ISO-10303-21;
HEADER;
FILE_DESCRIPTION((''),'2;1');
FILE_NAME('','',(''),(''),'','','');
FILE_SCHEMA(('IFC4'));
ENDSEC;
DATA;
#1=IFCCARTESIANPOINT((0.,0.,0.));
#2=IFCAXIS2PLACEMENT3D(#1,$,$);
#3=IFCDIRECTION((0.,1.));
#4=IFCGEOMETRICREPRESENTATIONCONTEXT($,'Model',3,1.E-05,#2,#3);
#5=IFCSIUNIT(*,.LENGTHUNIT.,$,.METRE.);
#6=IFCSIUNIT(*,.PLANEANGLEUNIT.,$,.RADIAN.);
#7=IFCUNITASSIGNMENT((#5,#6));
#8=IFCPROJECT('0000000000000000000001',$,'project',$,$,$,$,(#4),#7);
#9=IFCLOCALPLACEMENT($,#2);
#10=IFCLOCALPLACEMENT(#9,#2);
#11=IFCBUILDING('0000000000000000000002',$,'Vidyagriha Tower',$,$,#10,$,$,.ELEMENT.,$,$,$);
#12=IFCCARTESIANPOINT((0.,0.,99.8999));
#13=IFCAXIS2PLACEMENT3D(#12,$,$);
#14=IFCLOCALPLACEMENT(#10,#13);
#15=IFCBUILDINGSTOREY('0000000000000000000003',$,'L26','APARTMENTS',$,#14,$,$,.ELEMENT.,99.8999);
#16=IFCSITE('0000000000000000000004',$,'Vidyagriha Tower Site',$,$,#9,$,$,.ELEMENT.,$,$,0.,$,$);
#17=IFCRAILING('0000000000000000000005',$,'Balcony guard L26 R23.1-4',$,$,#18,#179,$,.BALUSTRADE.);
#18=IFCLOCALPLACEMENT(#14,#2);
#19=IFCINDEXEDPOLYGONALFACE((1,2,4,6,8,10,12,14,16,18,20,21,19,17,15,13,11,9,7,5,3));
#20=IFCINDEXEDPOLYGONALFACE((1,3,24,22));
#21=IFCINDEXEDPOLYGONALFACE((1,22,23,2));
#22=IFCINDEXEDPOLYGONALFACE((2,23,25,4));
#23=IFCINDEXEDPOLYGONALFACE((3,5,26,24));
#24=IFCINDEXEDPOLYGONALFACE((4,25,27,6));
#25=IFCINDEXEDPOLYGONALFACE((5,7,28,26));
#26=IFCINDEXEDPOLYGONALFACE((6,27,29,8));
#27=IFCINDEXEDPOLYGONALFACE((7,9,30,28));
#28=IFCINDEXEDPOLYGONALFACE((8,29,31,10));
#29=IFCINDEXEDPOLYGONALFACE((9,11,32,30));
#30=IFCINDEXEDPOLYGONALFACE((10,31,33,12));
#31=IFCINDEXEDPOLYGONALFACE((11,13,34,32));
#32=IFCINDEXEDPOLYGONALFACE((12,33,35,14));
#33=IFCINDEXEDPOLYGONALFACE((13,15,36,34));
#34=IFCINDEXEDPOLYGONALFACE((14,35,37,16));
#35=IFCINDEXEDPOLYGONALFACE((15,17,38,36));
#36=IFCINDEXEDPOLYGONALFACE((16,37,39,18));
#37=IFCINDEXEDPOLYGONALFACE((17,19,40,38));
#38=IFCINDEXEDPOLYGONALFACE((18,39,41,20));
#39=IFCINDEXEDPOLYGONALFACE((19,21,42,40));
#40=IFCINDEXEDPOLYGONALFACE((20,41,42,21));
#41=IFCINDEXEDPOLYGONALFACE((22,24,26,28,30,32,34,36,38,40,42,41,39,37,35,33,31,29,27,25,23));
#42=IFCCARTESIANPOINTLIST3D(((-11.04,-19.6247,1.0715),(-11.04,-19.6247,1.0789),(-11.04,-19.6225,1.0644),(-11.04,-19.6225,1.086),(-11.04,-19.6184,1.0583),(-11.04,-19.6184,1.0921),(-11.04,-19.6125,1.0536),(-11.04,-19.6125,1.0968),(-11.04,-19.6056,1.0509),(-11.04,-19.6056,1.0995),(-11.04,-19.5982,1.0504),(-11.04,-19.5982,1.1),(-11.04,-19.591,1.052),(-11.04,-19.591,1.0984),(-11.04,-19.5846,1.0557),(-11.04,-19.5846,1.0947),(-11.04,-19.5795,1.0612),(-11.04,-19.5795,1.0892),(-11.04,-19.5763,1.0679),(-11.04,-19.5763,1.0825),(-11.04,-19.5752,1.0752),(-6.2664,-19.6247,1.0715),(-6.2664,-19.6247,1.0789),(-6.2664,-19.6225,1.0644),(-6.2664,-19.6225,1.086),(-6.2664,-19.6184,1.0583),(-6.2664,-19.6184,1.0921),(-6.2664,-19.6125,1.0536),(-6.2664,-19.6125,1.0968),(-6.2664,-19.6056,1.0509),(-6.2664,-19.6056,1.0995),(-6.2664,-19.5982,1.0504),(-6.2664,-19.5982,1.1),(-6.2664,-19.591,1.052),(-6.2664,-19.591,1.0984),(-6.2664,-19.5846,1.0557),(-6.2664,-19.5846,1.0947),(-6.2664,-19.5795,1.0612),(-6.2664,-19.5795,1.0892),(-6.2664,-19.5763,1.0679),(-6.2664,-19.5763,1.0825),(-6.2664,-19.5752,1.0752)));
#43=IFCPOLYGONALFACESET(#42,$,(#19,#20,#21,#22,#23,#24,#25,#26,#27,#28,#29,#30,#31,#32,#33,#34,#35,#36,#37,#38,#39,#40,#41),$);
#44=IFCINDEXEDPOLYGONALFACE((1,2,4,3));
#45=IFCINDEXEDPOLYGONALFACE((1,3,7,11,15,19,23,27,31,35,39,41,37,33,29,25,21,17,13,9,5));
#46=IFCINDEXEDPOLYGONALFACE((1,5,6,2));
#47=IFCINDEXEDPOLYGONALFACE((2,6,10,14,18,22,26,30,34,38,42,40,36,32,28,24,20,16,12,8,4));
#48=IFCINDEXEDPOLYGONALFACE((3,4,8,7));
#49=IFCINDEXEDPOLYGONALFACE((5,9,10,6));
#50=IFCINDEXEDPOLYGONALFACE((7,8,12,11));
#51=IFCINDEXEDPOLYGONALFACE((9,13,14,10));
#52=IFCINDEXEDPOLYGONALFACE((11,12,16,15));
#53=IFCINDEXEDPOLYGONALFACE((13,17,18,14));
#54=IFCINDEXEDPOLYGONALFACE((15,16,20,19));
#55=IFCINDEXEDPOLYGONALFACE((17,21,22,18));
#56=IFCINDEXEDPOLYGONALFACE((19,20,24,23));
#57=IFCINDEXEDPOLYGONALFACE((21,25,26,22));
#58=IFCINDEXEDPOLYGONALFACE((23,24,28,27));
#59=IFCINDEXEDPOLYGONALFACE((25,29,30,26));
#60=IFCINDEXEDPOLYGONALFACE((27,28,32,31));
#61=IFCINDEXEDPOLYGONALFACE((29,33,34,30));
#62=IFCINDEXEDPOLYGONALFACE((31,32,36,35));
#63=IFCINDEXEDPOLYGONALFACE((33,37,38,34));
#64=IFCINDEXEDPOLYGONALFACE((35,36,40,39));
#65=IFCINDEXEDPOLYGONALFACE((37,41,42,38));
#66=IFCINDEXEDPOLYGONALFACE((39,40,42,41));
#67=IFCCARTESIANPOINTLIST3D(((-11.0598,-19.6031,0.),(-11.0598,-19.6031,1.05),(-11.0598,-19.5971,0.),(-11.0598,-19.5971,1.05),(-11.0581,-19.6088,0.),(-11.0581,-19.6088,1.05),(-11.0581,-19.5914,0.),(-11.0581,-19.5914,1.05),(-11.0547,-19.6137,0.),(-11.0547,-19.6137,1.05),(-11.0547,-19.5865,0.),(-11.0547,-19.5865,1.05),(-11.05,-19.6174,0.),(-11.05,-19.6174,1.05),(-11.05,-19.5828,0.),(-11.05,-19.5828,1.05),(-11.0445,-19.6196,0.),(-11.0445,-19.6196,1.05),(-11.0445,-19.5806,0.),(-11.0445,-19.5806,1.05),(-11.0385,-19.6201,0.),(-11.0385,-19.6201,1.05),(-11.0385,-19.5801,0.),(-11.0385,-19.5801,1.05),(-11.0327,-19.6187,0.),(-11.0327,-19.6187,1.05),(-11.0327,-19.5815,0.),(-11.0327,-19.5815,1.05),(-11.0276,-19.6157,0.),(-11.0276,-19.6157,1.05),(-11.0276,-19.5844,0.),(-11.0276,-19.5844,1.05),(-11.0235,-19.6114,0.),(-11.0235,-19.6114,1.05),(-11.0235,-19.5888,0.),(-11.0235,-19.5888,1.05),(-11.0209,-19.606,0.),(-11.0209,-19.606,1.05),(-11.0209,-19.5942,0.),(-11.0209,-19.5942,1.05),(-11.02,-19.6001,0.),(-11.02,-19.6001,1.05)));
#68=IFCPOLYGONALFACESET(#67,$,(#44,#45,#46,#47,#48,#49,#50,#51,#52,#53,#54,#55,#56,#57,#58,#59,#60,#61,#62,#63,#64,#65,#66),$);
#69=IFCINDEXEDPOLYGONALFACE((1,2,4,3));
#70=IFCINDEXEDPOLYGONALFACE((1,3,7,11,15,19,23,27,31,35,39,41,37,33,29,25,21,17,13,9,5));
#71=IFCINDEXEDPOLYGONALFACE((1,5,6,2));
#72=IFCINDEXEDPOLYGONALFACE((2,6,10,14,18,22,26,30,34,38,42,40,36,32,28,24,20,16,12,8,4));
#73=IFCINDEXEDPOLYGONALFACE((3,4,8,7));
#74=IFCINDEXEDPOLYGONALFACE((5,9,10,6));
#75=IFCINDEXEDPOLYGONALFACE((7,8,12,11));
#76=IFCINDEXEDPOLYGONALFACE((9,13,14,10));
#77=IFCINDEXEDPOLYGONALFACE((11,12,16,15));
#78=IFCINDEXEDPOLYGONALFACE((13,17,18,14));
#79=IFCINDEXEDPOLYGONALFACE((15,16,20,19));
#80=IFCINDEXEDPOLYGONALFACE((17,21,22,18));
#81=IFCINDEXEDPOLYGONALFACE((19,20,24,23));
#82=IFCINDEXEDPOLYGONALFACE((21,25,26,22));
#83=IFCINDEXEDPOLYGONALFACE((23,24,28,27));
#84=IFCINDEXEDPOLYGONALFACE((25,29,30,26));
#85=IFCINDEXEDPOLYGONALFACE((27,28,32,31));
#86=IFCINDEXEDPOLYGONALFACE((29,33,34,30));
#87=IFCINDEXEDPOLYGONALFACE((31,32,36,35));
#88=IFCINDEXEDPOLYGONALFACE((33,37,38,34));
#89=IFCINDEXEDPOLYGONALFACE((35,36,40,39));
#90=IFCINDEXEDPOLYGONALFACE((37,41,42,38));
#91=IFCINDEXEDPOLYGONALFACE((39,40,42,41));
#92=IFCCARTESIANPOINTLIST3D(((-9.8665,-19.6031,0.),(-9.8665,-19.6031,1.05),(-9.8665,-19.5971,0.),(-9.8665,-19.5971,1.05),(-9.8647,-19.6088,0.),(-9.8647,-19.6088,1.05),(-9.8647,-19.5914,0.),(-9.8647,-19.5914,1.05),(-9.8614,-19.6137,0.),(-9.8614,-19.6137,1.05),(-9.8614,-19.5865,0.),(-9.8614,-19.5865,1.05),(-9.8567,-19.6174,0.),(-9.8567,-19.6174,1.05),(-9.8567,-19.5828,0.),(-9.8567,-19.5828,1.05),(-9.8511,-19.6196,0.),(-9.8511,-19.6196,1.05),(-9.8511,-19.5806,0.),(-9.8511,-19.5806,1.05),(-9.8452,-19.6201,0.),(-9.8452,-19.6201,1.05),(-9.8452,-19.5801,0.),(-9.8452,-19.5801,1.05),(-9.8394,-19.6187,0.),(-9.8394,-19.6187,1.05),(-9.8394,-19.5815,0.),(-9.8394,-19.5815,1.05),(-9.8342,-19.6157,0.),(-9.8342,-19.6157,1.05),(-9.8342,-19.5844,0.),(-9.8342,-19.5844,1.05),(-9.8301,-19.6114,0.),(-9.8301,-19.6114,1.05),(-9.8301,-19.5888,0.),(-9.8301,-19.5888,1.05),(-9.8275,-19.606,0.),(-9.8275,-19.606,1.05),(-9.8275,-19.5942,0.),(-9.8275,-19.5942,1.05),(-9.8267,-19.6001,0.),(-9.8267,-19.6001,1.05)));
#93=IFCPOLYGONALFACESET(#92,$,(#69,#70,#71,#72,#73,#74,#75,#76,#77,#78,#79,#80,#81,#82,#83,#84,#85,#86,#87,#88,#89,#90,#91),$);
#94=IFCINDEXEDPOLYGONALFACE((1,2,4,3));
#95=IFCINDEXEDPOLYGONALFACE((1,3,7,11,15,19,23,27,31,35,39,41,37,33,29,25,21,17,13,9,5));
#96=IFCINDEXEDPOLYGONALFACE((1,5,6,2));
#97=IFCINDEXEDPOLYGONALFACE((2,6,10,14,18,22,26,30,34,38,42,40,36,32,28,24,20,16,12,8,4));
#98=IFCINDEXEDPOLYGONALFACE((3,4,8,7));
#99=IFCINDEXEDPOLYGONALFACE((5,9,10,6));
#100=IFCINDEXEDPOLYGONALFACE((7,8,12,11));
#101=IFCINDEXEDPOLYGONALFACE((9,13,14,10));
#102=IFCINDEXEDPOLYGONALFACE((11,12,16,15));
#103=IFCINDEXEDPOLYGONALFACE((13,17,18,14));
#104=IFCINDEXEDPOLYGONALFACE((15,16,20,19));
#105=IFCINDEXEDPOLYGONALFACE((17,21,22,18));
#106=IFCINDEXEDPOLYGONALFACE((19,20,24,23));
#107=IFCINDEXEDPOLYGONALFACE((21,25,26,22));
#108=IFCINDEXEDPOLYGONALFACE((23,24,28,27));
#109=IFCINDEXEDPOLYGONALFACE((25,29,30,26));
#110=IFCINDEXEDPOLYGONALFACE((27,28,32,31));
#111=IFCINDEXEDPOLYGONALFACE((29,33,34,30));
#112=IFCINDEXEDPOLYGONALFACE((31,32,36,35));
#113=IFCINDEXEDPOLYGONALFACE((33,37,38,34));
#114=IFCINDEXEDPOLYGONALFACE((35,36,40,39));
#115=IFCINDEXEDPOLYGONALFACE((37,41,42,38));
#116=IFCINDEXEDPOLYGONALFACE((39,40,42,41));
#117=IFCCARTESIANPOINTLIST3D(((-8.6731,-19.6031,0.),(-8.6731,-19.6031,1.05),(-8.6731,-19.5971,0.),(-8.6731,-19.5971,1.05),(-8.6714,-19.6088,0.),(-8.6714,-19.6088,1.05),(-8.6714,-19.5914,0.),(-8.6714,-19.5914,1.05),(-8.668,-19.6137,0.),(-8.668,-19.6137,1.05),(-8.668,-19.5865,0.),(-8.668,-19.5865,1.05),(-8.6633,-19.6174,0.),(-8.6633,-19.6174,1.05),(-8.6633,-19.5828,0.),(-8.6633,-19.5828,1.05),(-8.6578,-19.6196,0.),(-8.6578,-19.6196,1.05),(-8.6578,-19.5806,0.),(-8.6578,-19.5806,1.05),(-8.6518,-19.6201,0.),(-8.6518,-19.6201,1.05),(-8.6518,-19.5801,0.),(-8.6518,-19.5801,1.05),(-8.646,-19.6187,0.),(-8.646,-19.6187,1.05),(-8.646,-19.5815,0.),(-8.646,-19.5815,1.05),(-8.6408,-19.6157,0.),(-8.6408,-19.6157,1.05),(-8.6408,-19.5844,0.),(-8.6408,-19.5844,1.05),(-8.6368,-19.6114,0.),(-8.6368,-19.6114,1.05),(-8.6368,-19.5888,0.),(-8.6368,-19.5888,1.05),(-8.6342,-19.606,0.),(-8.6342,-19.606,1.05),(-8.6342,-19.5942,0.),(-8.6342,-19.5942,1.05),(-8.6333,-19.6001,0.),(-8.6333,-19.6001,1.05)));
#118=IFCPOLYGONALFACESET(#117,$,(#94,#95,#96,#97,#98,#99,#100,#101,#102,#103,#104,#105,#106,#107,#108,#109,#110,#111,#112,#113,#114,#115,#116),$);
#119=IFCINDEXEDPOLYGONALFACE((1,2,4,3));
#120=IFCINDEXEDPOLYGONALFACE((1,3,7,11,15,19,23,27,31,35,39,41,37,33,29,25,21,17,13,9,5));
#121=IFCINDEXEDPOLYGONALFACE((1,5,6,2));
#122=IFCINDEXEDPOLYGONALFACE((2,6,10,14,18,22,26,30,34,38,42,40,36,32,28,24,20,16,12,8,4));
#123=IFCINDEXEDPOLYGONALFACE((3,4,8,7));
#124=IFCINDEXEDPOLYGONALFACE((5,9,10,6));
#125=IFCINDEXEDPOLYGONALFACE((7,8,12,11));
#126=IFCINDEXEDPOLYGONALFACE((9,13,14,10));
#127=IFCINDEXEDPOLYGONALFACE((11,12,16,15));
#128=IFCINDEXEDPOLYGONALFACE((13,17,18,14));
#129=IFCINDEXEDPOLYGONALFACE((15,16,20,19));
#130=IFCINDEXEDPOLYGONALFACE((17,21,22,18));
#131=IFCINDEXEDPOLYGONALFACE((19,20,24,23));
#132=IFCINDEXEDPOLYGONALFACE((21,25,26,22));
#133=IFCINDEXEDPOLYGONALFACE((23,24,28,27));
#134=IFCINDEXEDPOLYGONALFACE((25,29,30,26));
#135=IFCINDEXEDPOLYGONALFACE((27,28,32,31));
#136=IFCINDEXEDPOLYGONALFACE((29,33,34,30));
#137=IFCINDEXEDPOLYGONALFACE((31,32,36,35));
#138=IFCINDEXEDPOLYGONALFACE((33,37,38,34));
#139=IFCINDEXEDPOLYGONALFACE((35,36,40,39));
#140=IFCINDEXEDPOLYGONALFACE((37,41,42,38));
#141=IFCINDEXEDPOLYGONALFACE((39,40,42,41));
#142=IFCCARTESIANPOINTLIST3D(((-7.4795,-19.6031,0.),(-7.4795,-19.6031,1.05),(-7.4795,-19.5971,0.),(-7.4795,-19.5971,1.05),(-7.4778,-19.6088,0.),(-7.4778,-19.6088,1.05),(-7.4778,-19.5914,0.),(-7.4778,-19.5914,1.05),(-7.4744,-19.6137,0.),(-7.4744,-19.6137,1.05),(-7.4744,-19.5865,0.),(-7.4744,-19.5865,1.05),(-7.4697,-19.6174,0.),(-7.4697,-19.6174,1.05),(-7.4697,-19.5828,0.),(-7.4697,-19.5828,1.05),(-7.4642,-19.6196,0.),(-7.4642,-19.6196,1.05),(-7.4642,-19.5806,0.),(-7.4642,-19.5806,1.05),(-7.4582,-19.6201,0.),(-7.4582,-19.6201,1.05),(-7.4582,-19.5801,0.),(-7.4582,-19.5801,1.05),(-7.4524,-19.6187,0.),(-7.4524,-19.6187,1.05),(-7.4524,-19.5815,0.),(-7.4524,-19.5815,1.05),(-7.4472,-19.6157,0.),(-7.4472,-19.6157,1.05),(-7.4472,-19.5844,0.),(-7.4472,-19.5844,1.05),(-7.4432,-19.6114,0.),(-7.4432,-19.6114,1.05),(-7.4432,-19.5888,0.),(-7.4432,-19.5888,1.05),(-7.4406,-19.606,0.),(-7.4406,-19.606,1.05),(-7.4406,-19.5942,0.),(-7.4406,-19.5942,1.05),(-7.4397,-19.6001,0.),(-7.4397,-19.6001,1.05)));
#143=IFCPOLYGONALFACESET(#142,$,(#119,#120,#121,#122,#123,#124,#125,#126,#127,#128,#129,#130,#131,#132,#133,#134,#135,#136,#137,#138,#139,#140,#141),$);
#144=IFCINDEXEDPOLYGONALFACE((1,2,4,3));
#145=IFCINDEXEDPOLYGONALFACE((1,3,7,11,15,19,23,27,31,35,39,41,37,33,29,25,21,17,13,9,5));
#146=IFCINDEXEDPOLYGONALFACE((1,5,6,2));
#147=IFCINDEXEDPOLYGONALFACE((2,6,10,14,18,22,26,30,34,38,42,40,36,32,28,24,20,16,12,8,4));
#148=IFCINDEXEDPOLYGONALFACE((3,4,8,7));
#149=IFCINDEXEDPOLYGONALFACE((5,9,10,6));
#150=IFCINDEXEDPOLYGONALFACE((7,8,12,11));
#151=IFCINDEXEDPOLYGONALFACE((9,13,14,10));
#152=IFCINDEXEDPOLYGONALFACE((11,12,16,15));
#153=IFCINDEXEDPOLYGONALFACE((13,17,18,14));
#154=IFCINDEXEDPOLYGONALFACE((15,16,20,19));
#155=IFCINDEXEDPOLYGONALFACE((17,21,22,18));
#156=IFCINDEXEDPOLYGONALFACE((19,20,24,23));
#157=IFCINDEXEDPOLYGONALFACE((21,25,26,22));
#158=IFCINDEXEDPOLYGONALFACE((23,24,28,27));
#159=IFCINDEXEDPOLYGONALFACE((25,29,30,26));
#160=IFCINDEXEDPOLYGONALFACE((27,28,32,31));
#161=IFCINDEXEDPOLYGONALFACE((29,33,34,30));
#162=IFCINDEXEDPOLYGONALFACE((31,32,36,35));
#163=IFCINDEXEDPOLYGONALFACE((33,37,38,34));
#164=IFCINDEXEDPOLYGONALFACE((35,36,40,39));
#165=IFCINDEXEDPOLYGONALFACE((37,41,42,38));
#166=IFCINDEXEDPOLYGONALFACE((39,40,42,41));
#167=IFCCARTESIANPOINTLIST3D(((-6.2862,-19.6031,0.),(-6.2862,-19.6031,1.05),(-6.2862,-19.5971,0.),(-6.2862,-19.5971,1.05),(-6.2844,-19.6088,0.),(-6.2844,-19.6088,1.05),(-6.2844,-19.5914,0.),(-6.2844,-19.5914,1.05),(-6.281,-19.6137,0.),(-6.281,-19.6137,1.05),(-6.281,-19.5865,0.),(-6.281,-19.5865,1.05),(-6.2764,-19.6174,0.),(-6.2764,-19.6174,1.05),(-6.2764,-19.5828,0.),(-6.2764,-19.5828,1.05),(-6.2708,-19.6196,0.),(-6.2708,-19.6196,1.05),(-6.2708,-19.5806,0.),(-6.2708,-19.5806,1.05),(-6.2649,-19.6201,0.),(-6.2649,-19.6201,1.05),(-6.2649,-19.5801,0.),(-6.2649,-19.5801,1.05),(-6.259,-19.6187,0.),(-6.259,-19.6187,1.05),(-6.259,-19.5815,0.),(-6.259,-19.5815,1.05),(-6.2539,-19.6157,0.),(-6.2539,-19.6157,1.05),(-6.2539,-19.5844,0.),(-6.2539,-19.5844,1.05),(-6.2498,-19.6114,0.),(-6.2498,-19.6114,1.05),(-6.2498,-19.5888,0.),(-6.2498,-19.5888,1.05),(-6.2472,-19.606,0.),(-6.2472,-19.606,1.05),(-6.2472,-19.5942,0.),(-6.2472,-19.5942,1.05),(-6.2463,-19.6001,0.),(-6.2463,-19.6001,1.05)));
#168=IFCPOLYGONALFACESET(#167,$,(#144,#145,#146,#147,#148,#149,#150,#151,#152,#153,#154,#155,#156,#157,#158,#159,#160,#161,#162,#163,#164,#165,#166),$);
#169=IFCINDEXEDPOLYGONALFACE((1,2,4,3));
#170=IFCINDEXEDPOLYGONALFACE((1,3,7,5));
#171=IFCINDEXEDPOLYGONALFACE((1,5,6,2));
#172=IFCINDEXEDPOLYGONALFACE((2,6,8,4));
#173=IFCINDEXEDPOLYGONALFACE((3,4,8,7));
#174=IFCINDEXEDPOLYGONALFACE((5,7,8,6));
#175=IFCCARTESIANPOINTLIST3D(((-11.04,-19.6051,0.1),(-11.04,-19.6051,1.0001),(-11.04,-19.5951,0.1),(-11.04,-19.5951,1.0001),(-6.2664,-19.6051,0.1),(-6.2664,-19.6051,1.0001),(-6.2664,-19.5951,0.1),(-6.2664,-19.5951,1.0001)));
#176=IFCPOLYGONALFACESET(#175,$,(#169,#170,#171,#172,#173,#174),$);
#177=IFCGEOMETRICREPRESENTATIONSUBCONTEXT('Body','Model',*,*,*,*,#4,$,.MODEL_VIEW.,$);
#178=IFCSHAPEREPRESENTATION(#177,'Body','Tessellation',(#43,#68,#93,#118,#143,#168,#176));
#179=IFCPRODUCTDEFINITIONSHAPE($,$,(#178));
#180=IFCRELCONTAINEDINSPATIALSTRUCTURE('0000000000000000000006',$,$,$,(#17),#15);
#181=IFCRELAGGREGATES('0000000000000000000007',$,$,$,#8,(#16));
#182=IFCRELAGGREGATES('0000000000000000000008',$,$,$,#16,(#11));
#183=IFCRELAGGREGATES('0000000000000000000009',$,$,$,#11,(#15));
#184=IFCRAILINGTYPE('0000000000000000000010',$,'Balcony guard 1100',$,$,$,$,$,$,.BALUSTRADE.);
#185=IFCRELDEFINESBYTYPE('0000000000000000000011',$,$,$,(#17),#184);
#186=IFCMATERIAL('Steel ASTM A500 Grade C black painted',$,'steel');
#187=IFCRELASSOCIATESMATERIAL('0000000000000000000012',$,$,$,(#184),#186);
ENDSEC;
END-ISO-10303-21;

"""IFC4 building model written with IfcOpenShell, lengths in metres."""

from ifc_helpers import new_model, si_unit, direction, frame, origin, origin_2d, place, context, subcontext, project, spatial, rectangle, circle, extrude, material, type_object, element, save


model = new_model("IFC4")

# Units and contexts
model_context = context("Model", 3, precision=1e-05, world=origin(), true_north=direction((0.0, 1.0)))
body_context = subcontext(model_context, "Body", "Model", "MODEL_VIEW")
ifc_project = project(units=[si_unit("LENGTHUNIT", "METRE"), si_unit("PLANEANGLEUNIT", "RADIAN")], contexts=[model_context])

# Site, building, storey
site_placement = place(None, origin())
site = spatial("IfcSite", under=ifc_project, at=site_placement, Name="Vidyagriha Tower Site", CompositionType="ELEMENT", RefElevation=0.0)
building_placement = place(site_placement, origin())
building = spatial("IfcBuilding", under=site, at=building_placement, Name="Vidyagriha Tower", CompositionType="ELEMENT")
storey_placement = place(building_placement, frame((0.0, 0.0, 99.8999)))
storey = spatial("IfcBuildingStorey", under=building, at=storey_placement, Name="L26", Description="APARTMENTS", CompositionType="ELEMENT", Elevation=99.8999)

# Railing
ifc_material_1 = material(Name="Steel ASTM A500 Grade C black painted", Category="steel")
railing_type = type_object("IfcRailingType", Name="Balcony guard 1100", PredefinedType="BALUSTRADE", material=ifc_material_1)
railing_1_placement = place(storey_placement, frame((-11.04, -19.6001, 0.0)))
element("IfcRailing", 1, at=railing_1_placement, inside=storey, type_object=railing_type, Name="Balcony guard L26 R23.1-4", PredefinedType="BALUSTRADE", context=body_context, shape_type="SweptSolid", body=[
    extrude(circle(Radius=0.0249, at=origin_2d()), frame((0.0, 0.0, 1.0752), z_axis=(1.0, 0.0, 0.0), x_axis=(0.0, 1.0, 0.0)), (0.0, 0.0, 1.0), 4.7737),
    extrude(circle(Radius=0.02, at=origin_2d()), origin(), (0.0, 0.0, 1.0), 1.05),
    extrude(circle(Radius=0.02, at=origin_2d()), frame((1.1934, 0.0, 0.0)), (0.0, 0.0, 1.0), 1.05),
    extrude(circle(Radius=0.02, at=origin_2d()), frame((2.3867, 0.0, 0.0)), (0.0, 0.0, 1.0), 1.05),
    extrude(circle(Radius=0.02, at=origin_2d()), frame((3.5803, 0.0, 0.0)), (0.0, 0.0, 1.0), 1.05),
    extrude(circle(Radius=0.02, at=origin_2d()), frame((4.7737, 0.0, 0.0)), (0.0, 0.0, 1.0), 1.05),
    extrude(rectangle(XDim=0.01, YDim=0.9001, at=origin_2d()), frame((0.0, 0.0, 0.55), z_axis=(1.0, 0.0, 0.0), x_axis=(0.0, 1.0, 0.0)), (0.0, 0.0, 1.0), 4.7737),
])

save(model, "model.ifc")
